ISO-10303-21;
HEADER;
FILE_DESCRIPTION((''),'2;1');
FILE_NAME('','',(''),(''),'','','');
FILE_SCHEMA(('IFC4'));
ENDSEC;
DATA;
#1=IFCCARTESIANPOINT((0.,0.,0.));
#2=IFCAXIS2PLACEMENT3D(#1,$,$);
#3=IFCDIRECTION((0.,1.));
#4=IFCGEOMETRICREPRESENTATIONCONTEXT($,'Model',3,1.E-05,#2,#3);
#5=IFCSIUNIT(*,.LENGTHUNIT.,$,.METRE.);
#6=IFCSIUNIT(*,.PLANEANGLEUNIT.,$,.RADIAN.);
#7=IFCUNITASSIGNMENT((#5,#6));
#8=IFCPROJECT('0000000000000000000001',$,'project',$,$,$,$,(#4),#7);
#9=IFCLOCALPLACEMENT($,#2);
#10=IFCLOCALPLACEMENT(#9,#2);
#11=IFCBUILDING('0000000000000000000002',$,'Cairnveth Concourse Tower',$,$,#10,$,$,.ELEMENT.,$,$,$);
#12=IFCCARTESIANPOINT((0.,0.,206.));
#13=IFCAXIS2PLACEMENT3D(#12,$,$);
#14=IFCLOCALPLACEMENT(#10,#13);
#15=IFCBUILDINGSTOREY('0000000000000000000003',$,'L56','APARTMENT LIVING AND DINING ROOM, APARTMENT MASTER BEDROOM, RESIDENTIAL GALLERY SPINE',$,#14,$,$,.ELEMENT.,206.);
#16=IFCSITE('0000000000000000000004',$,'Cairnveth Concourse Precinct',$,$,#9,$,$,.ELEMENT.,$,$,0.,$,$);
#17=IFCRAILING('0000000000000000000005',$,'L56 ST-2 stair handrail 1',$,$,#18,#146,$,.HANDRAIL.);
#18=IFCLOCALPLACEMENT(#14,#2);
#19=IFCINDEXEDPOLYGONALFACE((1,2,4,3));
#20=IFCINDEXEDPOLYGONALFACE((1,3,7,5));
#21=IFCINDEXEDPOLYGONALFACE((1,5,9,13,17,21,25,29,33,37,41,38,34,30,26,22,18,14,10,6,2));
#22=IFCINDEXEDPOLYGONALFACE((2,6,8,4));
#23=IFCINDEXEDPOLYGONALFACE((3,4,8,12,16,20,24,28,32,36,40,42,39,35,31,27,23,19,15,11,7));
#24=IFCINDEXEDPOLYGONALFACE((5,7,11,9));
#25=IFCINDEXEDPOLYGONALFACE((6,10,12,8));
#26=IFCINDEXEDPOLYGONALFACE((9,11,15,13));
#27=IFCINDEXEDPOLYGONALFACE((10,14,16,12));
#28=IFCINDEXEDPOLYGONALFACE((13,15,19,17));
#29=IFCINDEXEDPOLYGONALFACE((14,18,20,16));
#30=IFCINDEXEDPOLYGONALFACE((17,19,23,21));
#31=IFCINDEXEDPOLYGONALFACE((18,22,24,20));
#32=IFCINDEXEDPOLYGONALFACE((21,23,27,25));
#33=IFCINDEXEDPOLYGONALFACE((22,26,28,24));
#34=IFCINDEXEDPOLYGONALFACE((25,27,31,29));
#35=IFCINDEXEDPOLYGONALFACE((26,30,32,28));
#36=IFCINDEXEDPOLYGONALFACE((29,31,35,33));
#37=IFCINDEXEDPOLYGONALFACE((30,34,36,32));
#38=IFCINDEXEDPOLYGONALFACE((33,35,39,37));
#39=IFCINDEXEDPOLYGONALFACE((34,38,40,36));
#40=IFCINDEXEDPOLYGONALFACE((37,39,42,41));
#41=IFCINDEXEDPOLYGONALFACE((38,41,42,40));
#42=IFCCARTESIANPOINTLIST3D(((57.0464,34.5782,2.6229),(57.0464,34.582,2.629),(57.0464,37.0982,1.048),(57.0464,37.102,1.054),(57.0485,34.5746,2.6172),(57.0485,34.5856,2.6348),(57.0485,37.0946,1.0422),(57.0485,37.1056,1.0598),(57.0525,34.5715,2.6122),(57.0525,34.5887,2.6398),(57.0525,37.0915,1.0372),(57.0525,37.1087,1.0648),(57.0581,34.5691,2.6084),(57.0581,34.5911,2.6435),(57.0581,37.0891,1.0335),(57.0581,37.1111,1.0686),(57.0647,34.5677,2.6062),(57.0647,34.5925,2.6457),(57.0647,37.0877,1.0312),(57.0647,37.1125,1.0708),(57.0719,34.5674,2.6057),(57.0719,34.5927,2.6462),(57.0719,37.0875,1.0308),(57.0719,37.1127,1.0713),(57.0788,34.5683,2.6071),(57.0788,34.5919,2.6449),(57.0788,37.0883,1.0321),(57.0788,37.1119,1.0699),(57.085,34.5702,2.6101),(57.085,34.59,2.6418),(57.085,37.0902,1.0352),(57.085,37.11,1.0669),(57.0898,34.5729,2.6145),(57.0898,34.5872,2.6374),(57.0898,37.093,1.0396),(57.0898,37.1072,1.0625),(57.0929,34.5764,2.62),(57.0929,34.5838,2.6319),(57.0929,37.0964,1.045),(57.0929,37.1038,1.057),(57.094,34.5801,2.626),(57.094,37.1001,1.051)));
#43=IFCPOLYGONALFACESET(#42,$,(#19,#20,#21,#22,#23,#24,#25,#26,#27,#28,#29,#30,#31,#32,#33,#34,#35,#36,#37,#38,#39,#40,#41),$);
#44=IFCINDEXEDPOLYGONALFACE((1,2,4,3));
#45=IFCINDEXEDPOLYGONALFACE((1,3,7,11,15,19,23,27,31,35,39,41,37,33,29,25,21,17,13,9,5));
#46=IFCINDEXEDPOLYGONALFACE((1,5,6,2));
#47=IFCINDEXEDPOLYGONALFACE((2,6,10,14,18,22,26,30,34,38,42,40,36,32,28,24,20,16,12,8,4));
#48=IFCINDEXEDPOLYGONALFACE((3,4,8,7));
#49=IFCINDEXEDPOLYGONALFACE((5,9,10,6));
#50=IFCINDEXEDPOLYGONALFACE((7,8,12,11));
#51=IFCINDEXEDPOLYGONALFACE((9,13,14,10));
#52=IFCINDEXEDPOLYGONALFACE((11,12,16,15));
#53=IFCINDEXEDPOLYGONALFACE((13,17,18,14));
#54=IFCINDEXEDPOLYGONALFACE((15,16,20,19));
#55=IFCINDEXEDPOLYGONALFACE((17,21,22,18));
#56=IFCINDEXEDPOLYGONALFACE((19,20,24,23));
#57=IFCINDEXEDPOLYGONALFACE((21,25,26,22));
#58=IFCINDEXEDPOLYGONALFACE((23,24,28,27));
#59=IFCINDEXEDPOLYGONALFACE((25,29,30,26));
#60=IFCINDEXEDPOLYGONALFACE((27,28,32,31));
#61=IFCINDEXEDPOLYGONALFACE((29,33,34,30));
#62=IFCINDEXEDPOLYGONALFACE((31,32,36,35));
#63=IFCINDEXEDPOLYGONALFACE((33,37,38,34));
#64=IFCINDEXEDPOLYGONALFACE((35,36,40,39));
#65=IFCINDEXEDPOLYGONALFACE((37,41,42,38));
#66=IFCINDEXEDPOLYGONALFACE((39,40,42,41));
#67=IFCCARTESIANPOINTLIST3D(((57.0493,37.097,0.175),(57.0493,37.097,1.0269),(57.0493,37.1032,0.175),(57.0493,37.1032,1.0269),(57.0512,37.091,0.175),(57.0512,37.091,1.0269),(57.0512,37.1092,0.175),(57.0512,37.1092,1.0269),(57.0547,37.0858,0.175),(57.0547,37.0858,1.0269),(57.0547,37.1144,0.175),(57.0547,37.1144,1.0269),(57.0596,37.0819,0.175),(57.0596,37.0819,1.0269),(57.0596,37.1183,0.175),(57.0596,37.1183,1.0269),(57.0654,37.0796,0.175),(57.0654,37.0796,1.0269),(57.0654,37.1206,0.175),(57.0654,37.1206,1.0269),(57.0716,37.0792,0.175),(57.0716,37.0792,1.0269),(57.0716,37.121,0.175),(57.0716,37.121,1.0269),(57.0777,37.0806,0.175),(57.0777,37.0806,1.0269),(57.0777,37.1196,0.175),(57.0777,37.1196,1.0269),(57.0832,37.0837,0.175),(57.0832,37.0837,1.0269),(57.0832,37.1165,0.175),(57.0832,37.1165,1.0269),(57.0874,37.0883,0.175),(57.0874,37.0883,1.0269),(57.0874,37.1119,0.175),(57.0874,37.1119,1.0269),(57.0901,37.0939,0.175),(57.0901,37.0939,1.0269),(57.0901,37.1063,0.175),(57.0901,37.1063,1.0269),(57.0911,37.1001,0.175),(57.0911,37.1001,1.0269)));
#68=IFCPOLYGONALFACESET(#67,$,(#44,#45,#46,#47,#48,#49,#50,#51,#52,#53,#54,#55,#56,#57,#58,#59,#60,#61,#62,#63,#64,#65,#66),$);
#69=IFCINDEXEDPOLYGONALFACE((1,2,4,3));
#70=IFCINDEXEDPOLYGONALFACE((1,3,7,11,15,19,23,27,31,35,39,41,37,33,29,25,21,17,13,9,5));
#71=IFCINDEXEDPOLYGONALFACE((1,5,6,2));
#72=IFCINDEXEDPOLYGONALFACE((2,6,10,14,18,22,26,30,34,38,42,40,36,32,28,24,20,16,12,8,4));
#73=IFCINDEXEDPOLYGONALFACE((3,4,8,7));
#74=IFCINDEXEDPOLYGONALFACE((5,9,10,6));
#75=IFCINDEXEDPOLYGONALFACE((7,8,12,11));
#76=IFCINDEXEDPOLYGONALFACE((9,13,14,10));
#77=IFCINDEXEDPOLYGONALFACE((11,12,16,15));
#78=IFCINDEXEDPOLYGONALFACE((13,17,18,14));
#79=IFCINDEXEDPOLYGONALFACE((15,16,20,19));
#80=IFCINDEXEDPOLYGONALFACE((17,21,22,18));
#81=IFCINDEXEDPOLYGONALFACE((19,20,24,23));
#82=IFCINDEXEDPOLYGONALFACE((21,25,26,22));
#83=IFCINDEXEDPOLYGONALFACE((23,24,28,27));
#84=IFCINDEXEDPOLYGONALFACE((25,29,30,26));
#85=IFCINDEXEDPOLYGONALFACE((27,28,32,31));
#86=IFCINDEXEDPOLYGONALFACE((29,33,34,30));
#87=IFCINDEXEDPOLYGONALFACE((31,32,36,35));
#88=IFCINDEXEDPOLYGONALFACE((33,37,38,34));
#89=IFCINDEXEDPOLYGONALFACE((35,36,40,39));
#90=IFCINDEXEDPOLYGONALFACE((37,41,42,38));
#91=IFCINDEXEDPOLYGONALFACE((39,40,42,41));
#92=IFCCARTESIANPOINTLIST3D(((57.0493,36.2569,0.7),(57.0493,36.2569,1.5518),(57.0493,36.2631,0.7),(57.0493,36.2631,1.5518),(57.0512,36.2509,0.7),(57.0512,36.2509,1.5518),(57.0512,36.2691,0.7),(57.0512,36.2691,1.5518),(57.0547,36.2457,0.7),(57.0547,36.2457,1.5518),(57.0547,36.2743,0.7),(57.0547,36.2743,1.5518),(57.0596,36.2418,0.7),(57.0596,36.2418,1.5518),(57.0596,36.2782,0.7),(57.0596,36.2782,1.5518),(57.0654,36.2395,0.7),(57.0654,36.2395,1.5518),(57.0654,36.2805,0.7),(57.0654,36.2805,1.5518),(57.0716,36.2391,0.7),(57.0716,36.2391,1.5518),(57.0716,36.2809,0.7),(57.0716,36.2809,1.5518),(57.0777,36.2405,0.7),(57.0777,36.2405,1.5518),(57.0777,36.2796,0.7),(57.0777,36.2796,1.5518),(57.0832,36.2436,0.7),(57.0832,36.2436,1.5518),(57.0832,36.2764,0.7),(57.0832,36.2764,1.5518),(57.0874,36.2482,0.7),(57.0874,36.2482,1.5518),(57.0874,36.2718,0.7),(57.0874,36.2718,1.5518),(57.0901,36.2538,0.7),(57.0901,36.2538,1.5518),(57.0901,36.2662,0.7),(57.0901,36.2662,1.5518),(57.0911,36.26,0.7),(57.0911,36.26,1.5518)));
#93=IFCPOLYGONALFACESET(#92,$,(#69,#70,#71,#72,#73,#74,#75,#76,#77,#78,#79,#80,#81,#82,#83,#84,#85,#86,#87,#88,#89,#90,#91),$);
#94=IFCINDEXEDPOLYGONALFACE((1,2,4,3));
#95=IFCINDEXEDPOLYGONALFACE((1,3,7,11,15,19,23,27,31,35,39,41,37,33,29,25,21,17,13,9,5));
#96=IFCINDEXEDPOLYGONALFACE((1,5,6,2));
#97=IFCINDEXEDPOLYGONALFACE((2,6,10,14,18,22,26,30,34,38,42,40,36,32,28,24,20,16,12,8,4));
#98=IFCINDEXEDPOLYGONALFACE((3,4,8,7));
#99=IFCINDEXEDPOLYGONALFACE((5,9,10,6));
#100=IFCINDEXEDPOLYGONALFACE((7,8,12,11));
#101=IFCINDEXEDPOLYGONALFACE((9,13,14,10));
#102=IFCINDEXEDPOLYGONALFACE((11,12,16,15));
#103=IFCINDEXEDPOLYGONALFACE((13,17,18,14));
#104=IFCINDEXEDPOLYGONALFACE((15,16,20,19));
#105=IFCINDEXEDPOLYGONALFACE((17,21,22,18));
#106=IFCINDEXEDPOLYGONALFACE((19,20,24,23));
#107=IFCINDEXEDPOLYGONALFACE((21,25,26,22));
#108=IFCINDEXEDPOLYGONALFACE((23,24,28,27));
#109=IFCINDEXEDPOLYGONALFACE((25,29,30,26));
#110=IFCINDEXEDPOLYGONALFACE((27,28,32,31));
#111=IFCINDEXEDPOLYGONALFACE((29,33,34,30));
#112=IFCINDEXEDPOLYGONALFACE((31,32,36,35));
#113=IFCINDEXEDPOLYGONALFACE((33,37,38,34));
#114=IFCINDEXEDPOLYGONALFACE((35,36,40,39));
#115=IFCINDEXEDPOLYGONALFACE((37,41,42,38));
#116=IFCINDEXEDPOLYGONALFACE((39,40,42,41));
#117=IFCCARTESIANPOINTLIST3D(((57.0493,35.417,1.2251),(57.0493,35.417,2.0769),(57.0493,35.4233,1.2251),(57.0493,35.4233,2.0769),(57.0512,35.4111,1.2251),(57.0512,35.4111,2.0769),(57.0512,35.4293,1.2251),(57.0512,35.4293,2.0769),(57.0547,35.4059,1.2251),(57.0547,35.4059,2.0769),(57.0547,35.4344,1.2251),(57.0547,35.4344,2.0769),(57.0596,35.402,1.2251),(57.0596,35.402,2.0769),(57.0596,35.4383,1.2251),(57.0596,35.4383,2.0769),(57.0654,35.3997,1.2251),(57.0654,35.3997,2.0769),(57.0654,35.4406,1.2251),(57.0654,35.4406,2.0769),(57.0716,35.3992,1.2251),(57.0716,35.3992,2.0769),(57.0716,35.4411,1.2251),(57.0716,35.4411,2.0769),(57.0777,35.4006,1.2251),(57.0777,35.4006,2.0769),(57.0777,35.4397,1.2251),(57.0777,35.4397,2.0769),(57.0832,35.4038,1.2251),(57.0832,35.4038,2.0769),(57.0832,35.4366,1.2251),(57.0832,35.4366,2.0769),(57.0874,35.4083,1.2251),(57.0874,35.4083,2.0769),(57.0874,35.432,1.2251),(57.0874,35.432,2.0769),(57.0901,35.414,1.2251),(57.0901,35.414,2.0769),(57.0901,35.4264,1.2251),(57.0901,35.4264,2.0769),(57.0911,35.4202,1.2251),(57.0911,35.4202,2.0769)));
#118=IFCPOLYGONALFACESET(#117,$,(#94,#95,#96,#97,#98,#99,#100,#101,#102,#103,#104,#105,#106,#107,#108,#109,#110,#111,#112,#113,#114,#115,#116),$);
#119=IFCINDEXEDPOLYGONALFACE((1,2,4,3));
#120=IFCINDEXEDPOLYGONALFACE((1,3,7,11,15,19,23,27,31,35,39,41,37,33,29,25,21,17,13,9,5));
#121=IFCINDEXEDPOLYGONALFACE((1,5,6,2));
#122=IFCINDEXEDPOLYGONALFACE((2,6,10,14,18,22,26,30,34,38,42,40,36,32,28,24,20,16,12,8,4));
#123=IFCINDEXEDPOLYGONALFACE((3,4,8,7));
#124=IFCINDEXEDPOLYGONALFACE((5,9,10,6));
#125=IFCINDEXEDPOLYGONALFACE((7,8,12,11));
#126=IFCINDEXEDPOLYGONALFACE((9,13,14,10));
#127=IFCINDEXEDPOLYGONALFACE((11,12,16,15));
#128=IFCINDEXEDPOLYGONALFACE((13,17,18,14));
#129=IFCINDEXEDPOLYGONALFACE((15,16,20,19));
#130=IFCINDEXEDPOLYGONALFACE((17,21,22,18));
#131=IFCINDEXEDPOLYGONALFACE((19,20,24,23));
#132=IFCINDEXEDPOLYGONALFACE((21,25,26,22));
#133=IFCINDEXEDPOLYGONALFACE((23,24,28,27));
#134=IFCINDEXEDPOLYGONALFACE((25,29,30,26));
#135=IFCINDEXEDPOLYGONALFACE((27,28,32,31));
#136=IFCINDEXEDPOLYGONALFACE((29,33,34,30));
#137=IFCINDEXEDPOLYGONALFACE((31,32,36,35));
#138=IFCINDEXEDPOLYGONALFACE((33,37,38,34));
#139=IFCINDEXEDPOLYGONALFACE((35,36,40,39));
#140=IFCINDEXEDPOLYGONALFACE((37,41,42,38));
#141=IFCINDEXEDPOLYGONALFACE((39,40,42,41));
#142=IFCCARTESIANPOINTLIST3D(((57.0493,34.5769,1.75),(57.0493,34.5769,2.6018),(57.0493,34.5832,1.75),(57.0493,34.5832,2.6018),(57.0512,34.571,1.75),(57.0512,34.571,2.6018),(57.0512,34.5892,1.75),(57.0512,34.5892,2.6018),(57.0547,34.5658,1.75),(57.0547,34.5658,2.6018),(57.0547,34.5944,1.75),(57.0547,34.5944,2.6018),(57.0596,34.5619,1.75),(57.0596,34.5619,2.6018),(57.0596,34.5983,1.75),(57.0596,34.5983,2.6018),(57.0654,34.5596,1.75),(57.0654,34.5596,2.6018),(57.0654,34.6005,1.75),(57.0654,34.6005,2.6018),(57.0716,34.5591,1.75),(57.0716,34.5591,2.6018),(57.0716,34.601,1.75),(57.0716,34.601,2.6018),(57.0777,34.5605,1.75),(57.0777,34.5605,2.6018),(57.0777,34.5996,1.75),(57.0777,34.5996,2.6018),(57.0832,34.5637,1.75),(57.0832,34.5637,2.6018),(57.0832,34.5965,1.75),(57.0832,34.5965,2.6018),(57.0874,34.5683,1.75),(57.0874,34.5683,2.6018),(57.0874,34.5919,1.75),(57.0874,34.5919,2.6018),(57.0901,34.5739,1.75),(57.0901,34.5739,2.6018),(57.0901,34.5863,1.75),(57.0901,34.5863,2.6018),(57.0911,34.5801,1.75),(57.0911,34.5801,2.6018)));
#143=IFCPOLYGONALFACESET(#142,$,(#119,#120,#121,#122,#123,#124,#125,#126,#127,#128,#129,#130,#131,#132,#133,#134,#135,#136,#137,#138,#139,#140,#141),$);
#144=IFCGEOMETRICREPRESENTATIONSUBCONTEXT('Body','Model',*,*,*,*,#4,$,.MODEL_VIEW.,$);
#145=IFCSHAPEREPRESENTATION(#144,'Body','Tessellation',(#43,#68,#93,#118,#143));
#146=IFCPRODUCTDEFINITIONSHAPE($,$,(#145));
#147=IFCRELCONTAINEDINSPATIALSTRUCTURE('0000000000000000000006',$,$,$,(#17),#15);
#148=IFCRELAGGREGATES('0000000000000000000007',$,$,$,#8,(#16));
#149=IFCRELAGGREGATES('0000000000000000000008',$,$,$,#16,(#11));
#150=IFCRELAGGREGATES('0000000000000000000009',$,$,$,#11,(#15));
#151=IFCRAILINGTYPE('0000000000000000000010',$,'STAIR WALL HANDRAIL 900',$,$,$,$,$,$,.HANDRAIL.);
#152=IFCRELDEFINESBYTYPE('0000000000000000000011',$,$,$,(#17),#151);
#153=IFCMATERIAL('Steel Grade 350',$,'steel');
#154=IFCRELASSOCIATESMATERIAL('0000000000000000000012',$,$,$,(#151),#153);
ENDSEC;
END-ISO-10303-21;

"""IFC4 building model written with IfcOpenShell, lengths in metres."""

from ifc_helpers import new_model, si_unit, direction, frame, origin, origin_2d, place, context, subcontext, project, spatial, circle, extrude, material, type_object, element, save


model = new_model("IFC4")

# Units and contexts
model_context = context("Model", 3, precision=1e-05, world=origin(), true_north=direction((0.0, 1.0)))
body_context = subcontext(model_context, "Body", "Model", "MODEL_VIEW")
ifc_project = project(units=[si_unit("LENGTHUNIT", "METRE"), si_unit("PLANEANGLEUNIT", "RADIAN")], contexts=[model_context])

# Site, building, storey
site_placement = place(None, origin())
site = spatial("IfcSite", under=ifc_project, at=site_placement, Name="Cairnveth Concourse Precinct", CompositionType="ELEMENT", RefElevation=0.0)
building_placement = place(site_placement, origin())
building = spatial("IfcBuilding", under=site, at=building_placement, Name="Cairnveth Concourse Tower", CompositionType="ELEMENT")
storey_placement = place(building_placement, frame((0.0, 0.0, 206.0)))
storey = spatial("IfcBuildingStorey", under=building, at=storey_placement, Name="L56", Description="APARTMENT LIVING AND DINING ROOM, APARTMENT MASTER BEDROOM, RESIDENTIAL GALLERY SPINE", CompositionType="ELEMENT", Elevation=206.0)

# Shared definitions
ifc_material_1 = material(Name="Steel Grade 350", Category="steel")

# Railing
railing_type_1 = type_object("IfcRailingType", Name="STAIR WALL HANDRAIL 900", PredefinedType="HANDRAIL", material=ifc_material_1)
railing_1_placement = place(storey_placement, frame((57.0701, 37.1001, 0.175)))
element("IfcRailing", 1, at=railing_1_placement, inside=storey, type_object=railing_type_1, Name="L56 ST-2 stair handrail 1", PredefinedType="HANDRAIL", context=body_context, shape_type="SweptSolid", body=[
    extrude(circle(Radius=0.0239, at=origin_2d()), frame((0.0, 0.0, 0.876), z_axis=(0.0, -0.848008, 0.529984), x_axis=(1.0, 0.0, 0.0)), (0.0, 0.0, 1.0), 2.9717),
    extrude(circle(Radius=0.021, at=origin_2d()), origin(), (0.0, 0.0, 1.0), 0.8518),
    extrude(circle(Radius=0.021, at=origin_2d()), frame((0.0, -0.8401, 0.5249)), (0.0, 0.0, 1.0), 0.8518),
    extrude(circle(Radius=0.021, at=origin_2d()), frame((0.0, -1.6799, 1.05)), (0.0, 0.0, 1.0), 0.8518),
    extrude(circle(Radius=0.021, at=origin_2d()), frame((0.0, -2.52, 1.575)), (0.0, 0.0, 1.0), 0.8518),
])

save(model, "model.ifc")
